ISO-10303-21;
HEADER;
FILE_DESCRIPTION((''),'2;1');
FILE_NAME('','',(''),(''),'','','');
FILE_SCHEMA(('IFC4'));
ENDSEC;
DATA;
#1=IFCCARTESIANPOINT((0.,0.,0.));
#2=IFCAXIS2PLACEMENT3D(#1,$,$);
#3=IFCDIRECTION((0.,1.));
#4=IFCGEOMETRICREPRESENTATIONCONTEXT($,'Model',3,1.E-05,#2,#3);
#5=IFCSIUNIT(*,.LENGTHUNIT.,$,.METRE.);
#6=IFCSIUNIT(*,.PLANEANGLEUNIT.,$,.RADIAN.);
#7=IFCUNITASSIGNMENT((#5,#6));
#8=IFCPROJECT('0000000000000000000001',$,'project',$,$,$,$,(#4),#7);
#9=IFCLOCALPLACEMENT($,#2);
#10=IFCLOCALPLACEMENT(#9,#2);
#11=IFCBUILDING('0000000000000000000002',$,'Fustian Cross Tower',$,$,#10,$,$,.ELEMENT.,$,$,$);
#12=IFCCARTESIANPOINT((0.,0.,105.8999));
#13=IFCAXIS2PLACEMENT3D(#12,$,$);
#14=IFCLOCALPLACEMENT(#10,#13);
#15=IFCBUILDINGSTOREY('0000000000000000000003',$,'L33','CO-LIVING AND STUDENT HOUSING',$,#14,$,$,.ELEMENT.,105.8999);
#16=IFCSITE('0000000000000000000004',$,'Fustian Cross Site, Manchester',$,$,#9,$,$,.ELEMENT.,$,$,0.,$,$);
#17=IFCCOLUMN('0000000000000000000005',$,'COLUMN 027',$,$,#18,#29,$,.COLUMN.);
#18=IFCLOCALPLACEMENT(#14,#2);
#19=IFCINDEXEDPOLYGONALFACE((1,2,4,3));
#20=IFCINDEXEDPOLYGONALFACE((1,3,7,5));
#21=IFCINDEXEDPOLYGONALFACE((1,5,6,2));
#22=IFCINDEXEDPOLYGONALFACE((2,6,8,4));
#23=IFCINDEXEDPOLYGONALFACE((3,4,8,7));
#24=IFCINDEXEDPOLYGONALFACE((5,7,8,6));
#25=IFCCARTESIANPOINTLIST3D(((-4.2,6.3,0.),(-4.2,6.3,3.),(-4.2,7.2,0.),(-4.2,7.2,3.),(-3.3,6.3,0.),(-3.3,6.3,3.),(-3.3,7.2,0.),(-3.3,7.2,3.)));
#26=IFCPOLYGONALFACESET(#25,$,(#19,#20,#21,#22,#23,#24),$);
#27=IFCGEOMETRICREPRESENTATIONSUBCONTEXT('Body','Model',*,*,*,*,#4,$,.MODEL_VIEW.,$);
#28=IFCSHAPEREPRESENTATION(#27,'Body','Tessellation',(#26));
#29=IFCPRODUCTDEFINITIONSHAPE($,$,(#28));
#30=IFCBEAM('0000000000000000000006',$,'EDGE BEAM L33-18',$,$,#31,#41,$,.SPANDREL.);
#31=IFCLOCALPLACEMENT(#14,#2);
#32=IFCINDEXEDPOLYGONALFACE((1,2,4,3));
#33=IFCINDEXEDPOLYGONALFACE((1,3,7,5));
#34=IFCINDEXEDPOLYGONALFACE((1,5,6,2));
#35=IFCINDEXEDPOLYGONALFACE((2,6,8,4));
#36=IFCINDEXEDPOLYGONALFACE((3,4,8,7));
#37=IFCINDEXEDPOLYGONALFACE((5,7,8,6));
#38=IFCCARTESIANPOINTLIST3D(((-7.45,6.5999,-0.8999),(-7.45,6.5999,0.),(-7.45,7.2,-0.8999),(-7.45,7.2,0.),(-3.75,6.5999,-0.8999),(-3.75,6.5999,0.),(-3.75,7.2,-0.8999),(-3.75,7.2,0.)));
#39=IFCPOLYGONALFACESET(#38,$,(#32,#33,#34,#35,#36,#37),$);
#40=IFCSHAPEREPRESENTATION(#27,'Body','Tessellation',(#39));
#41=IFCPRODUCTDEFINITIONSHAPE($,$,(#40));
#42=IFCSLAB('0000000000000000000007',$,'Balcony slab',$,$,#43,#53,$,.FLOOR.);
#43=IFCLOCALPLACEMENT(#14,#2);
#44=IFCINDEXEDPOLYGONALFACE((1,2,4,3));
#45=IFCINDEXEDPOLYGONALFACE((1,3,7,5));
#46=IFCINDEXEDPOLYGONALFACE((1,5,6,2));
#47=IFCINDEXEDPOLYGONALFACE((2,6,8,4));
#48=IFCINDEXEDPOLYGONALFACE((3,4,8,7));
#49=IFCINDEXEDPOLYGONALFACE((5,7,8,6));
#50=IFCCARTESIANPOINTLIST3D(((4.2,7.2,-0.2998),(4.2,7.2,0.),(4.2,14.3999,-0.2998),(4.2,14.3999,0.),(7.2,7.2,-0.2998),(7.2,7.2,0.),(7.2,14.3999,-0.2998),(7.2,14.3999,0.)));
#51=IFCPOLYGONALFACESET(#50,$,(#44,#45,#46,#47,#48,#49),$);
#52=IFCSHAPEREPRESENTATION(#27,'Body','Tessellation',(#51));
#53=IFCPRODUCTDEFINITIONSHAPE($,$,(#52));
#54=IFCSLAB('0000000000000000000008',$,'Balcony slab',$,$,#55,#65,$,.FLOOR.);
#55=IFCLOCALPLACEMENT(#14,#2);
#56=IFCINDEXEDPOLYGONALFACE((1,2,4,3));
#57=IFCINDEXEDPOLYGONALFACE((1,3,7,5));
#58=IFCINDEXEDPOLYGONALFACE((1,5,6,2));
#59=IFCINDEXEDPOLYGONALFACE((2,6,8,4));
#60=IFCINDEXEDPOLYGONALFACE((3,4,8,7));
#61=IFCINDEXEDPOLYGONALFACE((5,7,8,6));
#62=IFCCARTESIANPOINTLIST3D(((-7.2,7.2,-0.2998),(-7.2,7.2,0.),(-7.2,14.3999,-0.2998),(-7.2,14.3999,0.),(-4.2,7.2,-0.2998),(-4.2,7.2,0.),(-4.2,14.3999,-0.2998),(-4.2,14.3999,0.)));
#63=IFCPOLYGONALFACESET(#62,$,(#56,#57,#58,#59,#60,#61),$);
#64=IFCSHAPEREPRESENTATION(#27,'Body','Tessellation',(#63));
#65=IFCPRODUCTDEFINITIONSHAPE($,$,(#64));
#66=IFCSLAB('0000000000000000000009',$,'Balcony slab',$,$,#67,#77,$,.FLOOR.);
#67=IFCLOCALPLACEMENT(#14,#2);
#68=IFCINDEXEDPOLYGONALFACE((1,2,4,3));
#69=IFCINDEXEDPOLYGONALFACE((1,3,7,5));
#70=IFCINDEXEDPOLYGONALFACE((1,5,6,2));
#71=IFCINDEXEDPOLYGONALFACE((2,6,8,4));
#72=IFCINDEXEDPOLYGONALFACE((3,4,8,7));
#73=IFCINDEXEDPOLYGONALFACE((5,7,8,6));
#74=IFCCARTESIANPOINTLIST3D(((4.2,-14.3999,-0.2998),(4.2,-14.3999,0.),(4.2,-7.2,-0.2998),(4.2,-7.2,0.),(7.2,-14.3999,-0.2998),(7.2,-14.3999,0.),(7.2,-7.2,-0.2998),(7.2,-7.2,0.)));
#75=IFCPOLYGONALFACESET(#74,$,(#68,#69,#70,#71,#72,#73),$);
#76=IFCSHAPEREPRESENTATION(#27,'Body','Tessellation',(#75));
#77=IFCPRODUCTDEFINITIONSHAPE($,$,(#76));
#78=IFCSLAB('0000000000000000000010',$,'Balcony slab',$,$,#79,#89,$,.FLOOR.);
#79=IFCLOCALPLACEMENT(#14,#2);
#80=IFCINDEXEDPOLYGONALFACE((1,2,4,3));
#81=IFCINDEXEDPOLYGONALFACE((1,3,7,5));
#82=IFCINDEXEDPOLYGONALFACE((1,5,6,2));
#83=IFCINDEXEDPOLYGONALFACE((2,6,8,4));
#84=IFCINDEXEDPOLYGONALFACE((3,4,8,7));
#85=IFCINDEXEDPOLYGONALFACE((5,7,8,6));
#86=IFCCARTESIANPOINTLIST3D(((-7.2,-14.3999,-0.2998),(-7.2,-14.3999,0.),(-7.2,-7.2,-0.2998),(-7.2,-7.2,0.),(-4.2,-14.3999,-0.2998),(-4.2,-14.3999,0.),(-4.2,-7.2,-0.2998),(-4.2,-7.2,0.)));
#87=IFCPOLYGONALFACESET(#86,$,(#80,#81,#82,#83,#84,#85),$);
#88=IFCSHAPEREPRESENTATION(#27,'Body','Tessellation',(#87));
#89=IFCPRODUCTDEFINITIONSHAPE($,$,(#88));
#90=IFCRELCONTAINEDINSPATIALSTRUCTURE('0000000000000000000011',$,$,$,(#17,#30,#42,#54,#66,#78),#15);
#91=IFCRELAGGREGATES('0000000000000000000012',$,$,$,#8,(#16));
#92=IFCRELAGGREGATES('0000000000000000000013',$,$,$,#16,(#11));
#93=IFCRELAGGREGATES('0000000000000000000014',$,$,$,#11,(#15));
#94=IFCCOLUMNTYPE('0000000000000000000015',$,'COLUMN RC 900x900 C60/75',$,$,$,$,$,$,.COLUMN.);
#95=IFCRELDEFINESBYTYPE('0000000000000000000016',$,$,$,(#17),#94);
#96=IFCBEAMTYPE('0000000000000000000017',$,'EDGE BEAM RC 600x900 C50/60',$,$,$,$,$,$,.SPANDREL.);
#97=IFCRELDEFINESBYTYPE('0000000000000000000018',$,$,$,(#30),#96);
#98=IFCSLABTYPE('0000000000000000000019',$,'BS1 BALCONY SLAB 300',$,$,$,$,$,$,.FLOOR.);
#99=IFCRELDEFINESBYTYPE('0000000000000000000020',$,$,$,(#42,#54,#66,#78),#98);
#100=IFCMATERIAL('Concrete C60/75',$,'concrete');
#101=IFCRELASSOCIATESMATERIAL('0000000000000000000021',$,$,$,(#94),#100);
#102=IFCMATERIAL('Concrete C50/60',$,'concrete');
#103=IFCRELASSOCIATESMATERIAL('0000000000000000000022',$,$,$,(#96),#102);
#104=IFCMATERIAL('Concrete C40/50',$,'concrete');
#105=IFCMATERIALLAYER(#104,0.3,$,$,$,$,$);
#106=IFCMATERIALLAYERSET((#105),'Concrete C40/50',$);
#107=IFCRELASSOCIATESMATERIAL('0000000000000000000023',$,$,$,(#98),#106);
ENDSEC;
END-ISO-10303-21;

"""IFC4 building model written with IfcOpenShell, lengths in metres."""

from ifc_helpers import new_model, si_unit, direction, frame, origin, origin_2d, place, context, subcontext, project, spatial, polyline, rectangle, outline, extrude, material, layer, layer_set, material_profile, profile_set, type_object, element, save


model = new_model("IFC4")

# Units and contexts
model_context = context("Model", 3, precision=1e-05, world=origin(), true_north=direction((0.0, 1.0)))
body_context = subcontext(model_context, "Body", "Model", "MODEL_VIEW")
ifc_project = project(units=[si_unit("LENGTHUNIT", "METRE"), si_unit("PLANEANGLEUNIT", "RADIAN")], contexts=[model_context])

# Site, building, storey
site_placement = place(None, origin())
site = spatial("IfcSite", under=ifc_project, at=site_placement, Name="Fustian Cross Site, Manchester", CompositionType="ELEMENT", RefElevation=0.0)
building_placement = place(site_placement, origin())
building = spatial("IfcBuilding", under=site, at=building_placement, Name="Fustian Cross Tower", CompositionType="ELEMENT")
storey_placement = place(building_placement, frame((0.0, 0.0, 105.8999)))
storey = spatial("IfcBuildingStorey", under=building, at=storey_placement, Name="L33", Description="CO-LIVING AND STUDENT HOUSING", CompositionType="ELEMENT", Elevation=105.8999)

# Column
ifc_material_1 = material(Name="Concrete C60/75", Category="concrete")
ifc_material_profile_1 = material_profile(ifc_material_1, rectangle(XDim=0.8999, YDim=0.8999, at=origin_2d()), Name="RC 900x900")
ifc_profile_set_1 = profile_set([ifc_material_profile_1], Name="Concrete C60/75")
column_type = type_object("IfcColumnType", Name="COLUMN RC 900x900 C60/75", PredefinedType="COLUMN", material=ifc_profile_set_1)
column_placement = place(storey_placement, frame((-3.75, 6.75, 0.0), z_axis=(0.0, 0.0, 1.0), x_axis=(1.0, 0.0, 0.0)))
element("IfcColumn", 1, at=column_placement, inside=storey, type_object=column_type, Name="COLUMN 027", PredefinedType="COLUMN", context=body_context, shape_type="SweptSolid", body=[
    extrude(rectangle(XDim=0.8999, YDim=0.8999, at=origin_2d()), origin(), (0.0, 0.0, 1.0), 3.0),
])

# Beam
ifc_material_2 = material(Name="Concrete C50/60", Category="concrete")
ifc_material_profile_2 = material_profile(ifc_material_2, rectangle(XDim=0.6001, YDim=0.8999, at=origin_2d()), Name="RC 600x900")
ifc_profile_set_2 = profile_set([ifc_material_profile_2], Name="Concrete C50/60")
beam_type = type_object("IfcBeamType", Name="EDGE BEAM RC 600x900 C50/60", PredefinedType="SPANDREL", material=ifc_profile_set_2)
beam_placement = place(storey_placement, frame((-3.75, 6.8999, -0.45), z_axis=(-1.0, 0.0, 0.0), x_axis=(0.0, -1.0, 0.0)))
element("IfcBeam", 2, at=beam_placement, inside=storey, type_object=beam_type, Name="EDGE BEAM L33-18", PredefinedType="SPANDREL", context=body_context, shape_type="SweptSolid", body=[
    extrude(rectangle(XDim=0.6001, YDim=0.8999, at=origin_2d()), origin(), (0.0, 0.0, 1.0), 3.7),
])

# Slabs
ifc_material_3 = material(Name="Concrete C40/50", Category="concrete")
ifc_layer_1 = layer(ifc_material_3, 0.3)
ifc_layer_set_1 = layer_set([ifc_layer_1], Name="Concrete C40/50")
slab_type_1 = type_object("IfcSlabType", Name="BS1 BALCONY SLAB 300", PredefinedType="FLOOR", material=ifc_layer_set_1)
slab_1_placement = place(storey_placement, frame((0.0, 0.0, -0.2998)))
element("IfcSlab", 3, at=slab_1_placement, inside=storey, type_object=slab_type_1, Name="Balcony slab", PredefinedType="FLOOR", context=body_context, shape_type="SweptSolid", body=[
    extrude(outline(polyline([(4.2, 7.2), (7.2, 7.2), (7.2, 14.3999), (4.2, 14.3999), (4.2, 7.2)])), origin(), (0.0, 0.0, 1.0), 0.2998),
])
slab_2_placement = place(storey_placement, frame((0.0, 0.0, -0.2998)))
element("IfcSlab", 4, at=slab_2_placement, inside=storey, type_object=slab_type_1, Name="Balcony slab", PredefinedType="FLOOR", context=body_context, shape_type="SweptSolid", body=[
    extrude(outline(polyline([(-7.2, 7.2), (-4.2, 7.2), (-4.2, 14.3999), (-7.2, 14.3999), (-7.2, 7.2)])), origin(), (0.0, 0.0, 1.0), 0.2998),
])
slab_3_placement = place(storey_placement, frame((0.0, 0.0, -0.2998)))
element("IfcSlab", 5, at=slab_3_placement, inside=storey, type_object=slab_type_1, Name="Balcony slab", PredefinedType="FLOOR", context=body_context, shape_type="SweptSolid", body=[
    extrude(outline(polyline([(4.2, -14.3999), (7.2, -14.3999), (7.2, -7.2), (4.2, -7.2), (4.2, -14.3999)])), origin(), (0.0, 0.0, 1.0), 0.2998),
])
slab_4_placement = place(storey_placement, frame((0.0, 0.0, -0.2998)))
element("IfcSlab", 6, at=slab_4_placement, inside=storey, type_object=slab_type_1, Name="Balcony slab", PredefinedType="FLOOR", context=body_context, shape_type="SweptSolid", body=[
    extrude(outline(polyline([(-7.2, -14.3999), (-4.2, -14.3999), (-4.2, -7.2), (-7.2, -7.2), (-7.2, -14.3999)])), origin(), (0.0, 0.0, 1.0), 0.2998),
])

save(model, "model.ifc")
